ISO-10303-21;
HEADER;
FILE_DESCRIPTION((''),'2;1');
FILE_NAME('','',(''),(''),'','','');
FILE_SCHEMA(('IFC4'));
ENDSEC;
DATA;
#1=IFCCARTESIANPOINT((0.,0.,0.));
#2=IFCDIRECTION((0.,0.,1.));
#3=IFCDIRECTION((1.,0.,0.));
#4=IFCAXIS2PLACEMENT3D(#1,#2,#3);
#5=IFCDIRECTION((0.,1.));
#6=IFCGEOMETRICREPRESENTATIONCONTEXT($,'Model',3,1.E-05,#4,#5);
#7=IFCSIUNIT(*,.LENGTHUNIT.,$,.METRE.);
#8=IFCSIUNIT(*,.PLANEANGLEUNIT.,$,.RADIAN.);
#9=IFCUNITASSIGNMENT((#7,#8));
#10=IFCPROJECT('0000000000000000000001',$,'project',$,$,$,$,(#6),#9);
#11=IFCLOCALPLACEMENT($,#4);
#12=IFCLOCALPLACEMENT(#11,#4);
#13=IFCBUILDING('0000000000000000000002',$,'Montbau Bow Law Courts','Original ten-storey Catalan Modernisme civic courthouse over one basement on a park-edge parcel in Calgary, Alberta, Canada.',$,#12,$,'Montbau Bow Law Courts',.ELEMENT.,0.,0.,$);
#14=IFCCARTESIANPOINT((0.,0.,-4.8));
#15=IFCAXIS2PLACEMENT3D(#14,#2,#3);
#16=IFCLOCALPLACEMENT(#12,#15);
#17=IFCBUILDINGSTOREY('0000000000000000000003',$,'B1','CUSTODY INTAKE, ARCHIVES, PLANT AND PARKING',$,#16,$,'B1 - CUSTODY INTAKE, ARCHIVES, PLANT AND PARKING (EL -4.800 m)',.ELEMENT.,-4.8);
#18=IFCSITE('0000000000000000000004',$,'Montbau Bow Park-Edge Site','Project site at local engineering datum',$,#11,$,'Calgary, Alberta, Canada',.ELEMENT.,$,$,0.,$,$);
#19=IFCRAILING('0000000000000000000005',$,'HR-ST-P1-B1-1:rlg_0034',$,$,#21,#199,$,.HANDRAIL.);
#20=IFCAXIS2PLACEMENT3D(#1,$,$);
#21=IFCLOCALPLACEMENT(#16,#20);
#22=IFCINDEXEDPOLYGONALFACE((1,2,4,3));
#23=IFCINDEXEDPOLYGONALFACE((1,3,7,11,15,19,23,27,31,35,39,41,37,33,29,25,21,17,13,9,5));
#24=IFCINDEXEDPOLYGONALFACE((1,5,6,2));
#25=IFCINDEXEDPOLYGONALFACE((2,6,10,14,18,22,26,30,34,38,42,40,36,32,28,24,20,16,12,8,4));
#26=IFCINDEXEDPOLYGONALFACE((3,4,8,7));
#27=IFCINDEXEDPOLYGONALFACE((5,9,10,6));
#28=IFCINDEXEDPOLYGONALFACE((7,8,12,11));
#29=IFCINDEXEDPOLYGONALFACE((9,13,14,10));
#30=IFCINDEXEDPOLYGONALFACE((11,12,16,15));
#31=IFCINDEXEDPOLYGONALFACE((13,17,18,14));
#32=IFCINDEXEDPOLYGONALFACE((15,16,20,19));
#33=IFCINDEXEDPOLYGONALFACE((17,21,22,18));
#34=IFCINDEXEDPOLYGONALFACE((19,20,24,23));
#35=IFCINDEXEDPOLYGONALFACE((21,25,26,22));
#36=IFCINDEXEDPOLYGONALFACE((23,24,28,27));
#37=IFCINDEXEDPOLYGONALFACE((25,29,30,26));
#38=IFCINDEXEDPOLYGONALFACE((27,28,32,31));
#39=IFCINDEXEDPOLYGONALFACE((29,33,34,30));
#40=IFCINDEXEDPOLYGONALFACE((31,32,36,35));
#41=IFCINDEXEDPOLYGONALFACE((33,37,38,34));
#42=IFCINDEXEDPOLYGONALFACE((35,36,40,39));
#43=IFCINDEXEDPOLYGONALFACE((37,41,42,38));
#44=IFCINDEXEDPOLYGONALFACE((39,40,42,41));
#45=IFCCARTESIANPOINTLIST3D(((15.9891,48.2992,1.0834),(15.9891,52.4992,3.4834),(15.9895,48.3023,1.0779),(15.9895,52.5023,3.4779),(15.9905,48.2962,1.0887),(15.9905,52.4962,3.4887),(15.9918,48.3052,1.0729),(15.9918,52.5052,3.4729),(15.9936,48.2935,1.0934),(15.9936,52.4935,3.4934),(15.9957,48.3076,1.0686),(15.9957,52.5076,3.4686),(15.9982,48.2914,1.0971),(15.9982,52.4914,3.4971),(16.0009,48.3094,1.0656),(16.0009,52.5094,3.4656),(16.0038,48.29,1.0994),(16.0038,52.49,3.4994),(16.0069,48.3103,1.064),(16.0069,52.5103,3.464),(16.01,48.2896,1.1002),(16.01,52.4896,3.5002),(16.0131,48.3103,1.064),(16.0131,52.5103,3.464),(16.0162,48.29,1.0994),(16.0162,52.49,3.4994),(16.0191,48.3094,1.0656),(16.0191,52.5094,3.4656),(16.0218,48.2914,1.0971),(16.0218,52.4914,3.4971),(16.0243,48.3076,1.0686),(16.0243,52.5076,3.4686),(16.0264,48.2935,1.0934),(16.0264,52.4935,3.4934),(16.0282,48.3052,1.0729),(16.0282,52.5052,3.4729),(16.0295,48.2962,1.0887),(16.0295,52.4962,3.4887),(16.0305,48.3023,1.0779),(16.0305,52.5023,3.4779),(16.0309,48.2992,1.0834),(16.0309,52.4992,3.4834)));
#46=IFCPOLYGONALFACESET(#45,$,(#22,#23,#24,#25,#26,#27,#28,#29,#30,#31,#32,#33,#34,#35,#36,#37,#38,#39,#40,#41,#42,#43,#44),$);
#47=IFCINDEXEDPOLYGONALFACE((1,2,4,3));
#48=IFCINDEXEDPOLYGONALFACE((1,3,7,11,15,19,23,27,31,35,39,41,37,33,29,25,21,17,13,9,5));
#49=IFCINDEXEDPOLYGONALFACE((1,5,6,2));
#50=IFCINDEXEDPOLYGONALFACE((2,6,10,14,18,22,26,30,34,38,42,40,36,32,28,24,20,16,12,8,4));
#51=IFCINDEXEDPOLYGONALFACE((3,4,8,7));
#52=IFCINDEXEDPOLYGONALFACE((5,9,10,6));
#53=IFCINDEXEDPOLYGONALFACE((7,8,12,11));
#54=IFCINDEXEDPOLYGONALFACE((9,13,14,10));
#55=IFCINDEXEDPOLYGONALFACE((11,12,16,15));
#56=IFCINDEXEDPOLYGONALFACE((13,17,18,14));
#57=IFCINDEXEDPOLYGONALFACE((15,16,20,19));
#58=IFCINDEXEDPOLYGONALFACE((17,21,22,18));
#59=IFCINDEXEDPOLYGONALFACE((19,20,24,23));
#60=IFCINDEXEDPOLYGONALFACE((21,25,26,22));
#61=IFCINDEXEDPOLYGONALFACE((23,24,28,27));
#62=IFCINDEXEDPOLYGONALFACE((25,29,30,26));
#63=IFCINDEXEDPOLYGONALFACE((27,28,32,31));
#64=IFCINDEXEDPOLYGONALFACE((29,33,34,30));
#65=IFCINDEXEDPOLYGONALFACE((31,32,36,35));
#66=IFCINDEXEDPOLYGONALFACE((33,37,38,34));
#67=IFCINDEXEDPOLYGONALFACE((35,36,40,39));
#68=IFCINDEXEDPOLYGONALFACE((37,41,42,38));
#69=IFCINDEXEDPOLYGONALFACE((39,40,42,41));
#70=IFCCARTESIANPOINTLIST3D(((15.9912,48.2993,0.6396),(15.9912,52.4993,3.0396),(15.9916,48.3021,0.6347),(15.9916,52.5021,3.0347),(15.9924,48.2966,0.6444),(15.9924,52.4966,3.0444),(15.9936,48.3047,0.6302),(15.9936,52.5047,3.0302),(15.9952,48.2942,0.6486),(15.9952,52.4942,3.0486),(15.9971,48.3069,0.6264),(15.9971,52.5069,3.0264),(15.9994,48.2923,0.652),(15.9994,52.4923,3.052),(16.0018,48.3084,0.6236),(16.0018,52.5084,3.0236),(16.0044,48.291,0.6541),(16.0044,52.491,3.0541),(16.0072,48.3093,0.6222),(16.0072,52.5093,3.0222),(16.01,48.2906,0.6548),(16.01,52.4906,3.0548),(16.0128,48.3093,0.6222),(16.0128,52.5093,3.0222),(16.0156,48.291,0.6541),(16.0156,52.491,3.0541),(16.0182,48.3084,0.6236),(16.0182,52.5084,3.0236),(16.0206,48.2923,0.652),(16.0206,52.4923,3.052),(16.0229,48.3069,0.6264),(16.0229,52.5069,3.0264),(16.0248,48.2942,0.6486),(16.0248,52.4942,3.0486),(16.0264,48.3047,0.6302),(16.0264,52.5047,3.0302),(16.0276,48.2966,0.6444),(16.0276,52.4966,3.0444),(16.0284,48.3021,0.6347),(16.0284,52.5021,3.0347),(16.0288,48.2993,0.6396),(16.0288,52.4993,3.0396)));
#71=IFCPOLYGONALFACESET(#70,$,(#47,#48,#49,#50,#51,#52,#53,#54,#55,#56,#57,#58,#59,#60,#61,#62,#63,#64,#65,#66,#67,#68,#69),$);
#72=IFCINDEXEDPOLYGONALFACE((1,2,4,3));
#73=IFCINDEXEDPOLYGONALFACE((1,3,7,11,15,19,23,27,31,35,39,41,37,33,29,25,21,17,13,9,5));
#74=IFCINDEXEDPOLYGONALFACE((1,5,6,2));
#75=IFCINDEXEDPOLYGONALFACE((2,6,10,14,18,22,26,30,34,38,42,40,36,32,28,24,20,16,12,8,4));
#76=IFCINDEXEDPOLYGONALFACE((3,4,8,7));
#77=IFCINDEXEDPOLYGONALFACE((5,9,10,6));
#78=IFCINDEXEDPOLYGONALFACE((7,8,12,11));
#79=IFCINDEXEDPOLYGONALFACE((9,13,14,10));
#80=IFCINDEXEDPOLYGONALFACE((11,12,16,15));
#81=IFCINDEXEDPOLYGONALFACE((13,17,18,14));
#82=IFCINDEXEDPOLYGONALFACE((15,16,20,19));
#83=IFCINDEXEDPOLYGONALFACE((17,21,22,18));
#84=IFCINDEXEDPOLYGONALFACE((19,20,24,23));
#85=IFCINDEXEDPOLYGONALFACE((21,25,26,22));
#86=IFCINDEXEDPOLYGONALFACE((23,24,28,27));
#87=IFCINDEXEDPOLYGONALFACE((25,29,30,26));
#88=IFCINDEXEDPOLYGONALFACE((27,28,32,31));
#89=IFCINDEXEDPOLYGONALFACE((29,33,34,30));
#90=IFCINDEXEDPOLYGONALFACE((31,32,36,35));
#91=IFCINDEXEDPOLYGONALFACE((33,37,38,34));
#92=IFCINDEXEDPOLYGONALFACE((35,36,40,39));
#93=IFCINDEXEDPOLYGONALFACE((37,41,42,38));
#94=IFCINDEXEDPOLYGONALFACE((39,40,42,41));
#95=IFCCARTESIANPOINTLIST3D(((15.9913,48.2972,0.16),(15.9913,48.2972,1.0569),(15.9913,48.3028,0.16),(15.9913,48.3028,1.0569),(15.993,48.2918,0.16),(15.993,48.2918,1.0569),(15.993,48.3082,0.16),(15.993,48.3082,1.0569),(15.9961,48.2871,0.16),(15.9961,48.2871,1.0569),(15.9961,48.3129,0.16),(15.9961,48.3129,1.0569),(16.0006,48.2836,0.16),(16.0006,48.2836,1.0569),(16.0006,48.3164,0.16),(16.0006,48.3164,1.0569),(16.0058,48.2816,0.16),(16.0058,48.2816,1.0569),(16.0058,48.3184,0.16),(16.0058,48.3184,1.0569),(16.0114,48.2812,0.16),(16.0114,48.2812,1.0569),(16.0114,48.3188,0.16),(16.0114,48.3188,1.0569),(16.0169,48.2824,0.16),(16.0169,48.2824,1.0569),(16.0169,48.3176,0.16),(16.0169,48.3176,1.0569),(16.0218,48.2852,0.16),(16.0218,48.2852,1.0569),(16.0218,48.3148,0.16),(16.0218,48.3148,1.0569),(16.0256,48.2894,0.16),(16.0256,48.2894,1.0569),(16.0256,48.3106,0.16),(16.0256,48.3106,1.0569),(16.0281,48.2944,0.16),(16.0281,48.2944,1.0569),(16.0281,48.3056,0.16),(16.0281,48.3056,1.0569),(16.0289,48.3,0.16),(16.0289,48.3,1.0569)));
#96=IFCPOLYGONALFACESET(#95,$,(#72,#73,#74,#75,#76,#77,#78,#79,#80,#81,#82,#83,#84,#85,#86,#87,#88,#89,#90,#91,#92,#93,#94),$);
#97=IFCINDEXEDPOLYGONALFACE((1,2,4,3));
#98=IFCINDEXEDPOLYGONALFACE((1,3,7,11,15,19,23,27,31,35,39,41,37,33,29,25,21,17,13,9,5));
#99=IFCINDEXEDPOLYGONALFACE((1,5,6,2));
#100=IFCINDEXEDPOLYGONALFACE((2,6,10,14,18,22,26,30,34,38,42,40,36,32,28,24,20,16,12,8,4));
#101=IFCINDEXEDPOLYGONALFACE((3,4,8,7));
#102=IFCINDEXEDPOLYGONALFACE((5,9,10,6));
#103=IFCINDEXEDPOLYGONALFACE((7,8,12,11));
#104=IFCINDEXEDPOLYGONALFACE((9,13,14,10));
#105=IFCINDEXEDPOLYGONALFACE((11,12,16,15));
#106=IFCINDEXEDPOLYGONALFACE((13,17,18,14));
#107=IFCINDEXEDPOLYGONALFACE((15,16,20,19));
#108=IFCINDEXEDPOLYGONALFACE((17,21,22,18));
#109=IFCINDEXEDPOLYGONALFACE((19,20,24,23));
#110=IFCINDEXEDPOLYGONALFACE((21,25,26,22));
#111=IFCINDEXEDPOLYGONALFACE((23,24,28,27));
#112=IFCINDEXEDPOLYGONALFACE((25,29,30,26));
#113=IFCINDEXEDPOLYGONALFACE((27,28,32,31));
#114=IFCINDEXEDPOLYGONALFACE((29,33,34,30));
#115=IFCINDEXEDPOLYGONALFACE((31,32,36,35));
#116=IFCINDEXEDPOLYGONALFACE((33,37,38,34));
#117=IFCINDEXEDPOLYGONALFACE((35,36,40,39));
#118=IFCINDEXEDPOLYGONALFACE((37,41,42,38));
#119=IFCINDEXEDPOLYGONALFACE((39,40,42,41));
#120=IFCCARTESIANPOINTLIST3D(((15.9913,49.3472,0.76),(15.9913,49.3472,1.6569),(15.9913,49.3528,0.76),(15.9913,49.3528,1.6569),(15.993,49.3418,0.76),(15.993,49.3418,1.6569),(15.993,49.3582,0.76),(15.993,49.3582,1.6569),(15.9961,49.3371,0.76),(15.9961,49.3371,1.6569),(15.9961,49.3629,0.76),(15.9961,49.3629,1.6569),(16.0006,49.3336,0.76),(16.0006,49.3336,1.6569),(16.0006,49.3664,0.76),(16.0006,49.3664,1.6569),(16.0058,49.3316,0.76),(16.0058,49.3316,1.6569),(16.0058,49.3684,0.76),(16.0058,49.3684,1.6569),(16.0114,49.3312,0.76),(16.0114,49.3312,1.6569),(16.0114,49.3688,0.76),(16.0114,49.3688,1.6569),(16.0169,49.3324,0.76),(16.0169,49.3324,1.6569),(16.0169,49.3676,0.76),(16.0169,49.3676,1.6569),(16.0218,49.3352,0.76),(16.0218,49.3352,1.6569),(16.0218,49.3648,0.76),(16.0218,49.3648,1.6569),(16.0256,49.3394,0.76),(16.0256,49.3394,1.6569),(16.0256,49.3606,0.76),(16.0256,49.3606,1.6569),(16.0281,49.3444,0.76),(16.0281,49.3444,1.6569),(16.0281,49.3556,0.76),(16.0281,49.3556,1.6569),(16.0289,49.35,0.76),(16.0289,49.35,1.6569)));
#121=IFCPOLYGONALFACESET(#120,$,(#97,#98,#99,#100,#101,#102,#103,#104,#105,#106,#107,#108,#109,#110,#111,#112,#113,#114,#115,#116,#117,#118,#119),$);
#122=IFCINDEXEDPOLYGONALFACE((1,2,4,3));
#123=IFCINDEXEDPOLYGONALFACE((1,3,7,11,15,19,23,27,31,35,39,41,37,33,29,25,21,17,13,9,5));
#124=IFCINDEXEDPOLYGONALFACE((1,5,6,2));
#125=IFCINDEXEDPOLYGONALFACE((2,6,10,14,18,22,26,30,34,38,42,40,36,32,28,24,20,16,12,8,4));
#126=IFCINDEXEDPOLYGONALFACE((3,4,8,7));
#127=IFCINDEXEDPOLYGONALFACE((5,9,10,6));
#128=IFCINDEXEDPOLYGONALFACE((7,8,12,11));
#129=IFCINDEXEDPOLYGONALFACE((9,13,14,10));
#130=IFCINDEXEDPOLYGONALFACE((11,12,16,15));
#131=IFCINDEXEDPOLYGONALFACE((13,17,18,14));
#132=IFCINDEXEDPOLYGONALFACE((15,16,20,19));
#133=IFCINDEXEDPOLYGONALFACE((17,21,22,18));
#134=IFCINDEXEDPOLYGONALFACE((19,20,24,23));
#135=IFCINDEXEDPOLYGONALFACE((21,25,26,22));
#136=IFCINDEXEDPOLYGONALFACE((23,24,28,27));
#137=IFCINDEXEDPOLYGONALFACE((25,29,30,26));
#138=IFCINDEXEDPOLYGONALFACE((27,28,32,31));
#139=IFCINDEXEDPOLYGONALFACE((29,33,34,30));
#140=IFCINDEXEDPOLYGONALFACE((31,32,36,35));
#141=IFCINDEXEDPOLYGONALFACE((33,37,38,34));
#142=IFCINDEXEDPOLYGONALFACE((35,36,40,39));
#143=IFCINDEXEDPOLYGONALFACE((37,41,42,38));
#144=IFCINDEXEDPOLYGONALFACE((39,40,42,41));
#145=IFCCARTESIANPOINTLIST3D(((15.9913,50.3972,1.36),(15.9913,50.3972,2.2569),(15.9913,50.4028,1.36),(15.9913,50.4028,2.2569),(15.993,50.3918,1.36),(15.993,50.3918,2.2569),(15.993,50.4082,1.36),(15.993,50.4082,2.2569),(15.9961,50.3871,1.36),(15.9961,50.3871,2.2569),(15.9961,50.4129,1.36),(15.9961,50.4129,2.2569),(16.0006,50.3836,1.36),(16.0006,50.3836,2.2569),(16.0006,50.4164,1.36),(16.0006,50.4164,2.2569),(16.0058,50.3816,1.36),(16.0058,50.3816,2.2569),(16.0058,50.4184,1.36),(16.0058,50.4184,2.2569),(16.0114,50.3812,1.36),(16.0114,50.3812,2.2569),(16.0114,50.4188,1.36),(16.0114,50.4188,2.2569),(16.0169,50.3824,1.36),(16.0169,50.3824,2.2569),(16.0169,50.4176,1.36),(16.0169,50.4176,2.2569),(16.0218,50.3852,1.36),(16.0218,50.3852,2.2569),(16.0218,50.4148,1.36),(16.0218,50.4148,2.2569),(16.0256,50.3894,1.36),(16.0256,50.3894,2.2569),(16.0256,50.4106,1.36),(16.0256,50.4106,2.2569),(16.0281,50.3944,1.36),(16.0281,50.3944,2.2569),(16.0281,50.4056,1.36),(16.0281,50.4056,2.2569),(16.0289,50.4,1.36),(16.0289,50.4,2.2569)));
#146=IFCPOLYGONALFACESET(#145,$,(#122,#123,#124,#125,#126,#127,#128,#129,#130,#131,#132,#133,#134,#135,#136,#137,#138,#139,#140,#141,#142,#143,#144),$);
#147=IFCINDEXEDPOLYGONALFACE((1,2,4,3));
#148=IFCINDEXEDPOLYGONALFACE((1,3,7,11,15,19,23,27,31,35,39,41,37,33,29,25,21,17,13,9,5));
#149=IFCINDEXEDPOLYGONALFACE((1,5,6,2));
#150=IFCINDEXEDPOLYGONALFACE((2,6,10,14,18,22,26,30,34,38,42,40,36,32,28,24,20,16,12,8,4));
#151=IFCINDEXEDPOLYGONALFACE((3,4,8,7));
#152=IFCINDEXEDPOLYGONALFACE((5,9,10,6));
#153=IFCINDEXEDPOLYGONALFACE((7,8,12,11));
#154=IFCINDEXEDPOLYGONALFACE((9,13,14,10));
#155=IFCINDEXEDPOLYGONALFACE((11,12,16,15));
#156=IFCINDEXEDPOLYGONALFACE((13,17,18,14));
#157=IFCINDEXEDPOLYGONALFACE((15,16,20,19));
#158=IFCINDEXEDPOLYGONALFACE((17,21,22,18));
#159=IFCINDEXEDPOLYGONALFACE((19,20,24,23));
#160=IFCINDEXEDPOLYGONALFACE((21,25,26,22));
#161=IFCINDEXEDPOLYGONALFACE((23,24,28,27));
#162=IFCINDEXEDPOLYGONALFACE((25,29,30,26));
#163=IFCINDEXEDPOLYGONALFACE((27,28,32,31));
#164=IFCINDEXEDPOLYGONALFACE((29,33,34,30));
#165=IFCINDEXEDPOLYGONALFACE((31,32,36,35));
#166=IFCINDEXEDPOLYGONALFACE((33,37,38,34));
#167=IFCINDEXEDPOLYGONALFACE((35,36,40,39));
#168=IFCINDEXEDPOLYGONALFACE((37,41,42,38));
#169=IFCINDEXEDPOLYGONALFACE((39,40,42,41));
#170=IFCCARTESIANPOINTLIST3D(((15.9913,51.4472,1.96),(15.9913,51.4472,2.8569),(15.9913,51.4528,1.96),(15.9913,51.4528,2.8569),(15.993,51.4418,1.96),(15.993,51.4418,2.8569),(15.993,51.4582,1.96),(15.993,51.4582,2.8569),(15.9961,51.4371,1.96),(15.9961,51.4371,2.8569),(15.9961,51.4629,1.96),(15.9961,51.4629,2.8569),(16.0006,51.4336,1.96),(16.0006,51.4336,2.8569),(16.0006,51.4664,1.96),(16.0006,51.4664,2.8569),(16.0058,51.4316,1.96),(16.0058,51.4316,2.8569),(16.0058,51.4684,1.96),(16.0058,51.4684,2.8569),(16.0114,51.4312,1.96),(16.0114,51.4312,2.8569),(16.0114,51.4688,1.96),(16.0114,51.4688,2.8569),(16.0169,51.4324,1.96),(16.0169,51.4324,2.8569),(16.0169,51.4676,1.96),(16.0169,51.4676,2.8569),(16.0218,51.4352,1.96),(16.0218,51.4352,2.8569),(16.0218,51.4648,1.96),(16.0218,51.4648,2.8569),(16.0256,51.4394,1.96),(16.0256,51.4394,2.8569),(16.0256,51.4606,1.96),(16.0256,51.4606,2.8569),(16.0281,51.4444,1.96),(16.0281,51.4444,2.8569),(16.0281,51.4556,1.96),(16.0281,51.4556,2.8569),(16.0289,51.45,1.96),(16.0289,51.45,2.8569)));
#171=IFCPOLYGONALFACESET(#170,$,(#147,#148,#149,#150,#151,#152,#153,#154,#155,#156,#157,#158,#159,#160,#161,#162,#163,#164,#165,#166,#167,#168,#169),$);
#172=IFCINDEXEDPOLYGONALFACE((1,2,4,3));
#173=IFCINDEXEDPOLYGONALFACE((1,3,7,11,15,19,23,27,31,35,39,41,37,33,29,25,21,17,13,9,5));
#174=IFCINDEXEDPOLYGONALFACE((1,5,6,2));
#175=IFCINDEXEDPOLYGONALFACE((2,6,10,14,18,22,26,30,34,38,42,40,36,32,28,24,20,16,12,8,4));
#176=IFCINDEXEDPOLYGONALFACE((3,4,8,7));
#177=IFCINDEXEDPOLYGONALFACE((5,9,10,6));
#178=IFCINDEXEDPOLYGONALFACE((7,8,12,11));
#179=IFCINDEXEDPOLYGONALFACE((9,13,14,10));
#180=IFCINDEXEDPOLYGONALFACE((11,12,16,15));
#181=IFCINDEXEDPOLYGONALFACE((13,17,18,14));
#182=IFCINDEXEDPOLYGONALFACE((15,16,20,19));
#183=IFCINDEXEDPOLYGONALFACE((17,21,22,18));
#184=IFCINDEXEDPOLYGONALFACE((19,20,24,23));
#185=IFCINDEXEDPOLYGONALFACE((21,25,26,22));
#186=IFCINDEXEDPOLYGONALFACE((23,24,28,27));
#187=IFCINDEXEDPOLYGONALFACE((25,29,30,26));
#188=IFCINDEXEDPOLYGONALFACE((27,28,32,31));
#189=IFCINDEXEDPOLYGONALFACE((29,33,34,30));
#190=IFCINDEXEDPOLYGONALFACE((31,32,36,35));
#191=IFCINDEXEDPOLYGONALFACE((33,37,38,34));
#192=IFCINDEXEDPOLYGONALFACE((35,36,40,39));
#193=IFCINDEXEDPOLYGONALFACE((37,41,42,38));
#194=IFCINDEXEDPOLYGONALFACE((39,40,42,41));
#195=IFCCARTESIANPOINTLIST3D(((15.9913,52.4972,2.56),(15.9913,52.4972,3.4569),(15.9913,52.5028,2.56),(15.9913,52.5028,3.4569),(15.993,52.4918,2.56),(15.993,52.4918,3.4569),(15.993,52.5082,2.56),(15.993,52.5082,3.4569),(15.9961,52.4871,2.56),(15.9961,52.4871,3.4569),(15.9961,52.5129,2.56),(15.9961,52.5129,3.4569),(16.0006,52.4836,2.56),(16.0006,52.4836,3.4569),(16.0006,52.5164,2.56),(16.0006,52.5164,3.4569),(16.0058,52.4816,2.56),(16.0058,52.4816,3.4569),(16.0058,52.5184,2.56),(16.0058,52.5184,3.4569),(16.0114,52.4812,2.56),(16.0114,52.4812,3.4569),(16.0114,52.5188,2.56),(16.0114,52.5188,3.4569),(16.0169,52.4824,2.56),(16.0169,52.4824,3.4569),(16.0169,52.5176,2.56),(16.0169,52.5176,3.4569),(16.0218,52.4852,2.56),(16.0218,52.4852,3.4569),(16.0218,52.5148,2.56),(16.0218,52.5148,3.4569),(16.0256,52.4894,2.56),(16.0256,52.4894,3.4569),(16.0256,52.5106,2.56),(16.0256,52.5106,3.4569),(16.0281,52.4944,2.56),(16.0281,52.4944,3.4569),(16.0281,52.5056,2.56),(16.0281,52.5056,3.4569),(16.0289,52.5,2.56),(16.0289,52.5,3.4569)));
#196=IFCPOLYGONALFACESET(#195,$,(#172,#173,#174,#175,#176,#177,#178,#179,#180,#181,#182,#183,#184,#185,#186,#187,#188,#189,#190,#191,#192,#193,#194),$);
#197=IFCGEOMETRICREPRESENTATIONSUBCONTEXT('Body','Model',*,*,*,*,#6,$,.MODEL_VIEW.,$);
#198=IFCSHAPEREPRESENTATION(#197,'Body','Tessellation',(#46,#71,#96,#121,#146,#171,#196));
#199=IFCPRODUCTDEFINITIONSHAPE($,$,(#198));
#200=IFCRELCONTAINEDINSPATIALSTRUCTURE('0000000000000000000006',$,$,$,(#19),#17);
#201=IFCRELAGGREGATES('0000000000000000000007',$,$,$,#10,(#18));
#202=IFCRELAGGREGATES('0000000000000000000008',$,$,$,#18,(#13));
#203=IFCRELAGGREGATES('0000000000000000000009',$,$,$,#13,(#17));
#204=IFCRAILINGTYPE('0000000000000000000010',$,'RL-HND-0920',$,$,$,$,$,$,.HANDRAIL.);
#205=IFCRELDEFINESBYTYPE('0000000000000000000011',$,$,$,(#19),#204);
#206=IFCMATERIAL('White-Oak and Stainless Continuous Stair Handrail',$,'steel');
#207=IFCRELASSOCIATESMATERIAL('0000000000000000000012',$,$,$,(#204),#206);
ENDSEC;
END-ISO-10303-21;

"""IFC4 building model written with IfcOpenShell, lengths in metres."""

from ifc_helpers import new_model, si_unit, direction, frame, origin_with_axes, origin_2d_with_axis, place, context, subcontext, project, spatial, circle, extrude, material, type_object, element, save


model = new_model("IFC4")

# Units and contexts
model_context = context("Model", 3, precision=1e-05, world=origin_with_axes(), true_north=direction((0.0, 1.0)))
body_context = subcontext(model_context, "Body", "Model", "MODEL_VIEW")
ifc_project = project(units=[si_unit("LENGTHUNIT", "METRE"), si_unit("PLANEANGLEUNIT", "RADIAN")], contexts=[model_context])

# Site, building, storey
site_placement = place(None, origin_with_axes())
site = spatial("IfcSite", under=ifc_project, at=site_placement, Name="Montbau Bow Park-Edge Site", Description="Project site at local engineering datum", LongName="Calgary, Alberta, Canada", CompositionType="ELEMENT", RefElevation=0.0)
building_placement = place(site_placement, origin_with_axes())
building = spatial("IfcBuilding", under=site, at=building_placement, Name="Montbau Bow Law Courts", Description="Original ten-storey Catalan Modernisme civic courthouse over one basement on a park-edge parcel in Calgary, Alberta, Canada.", LongName="Montbau Bow Law Courts", CompositionType="ELEMENT", ElevationOfRefHeight=0.0, ElevationOfTerrain=0.0)
storey_placement = place(building_placement, frame((0.0, 0.0, -4.8), z_axis=(0.0, 0.0, 1.0), x_axis=(1.0, 0.0, 0.0)))
storey = spatial("IfcBuildingStorey", under=building, at=storey_placement, Name="B1", Description="CUSTODY INTAKE, ARCHIVES, PLANT AND PARKING", LongName="B1 - CUSTODY INTAKE, ARCHIVES, PLANT AND PARKING (EL -4.800 m)", CompositionType="ELEMENT", Elevation=-4.8)

# Railing
ifc_material_1 = material(Name="White-Oak and Stainless Continuous Stair Handrail", Category="steel")
railing_type_1 = type_object("IfcRailingType", Name="RL-HND-0920", PredefinedType="HANDRAIL", material=ifc_material_1)
railing_1_placement = place(None, origin_with_axes())
element("IfcRailing", 1, at=railing_1_placement, inside=storey, type_object=railing_type_1, Name="HR-ST-P1-B1-1:rlg_0034", PredefinedType="HANDRAIL", context=body_context, shape_type="SweptSolid", body=[
    extrude(circle(Radius=0.021, at=origin_2d_with_axis()), frame((16.01, 48.3, -3.718), z_axis=(0.0, 0.868243, 0.496139), x_axis=(0.0, -0.496139, 0.868243)), (0.0, 0.0, 1.0), 4.8374),
    extrude(circle(Radius=0.0189, at=origin_2d_with_axis()), frame((16.01, 48.3, -4.1616), z_axis=(0.0, 0.868243, 0.496139), x_axis=(0.0, -0.496139, 0.868243)), (0.0, 0.0, 1.0), 4.8374),
    extrude(circle(Radius=0.0189, at=origin_2d_with_axis()), frame((16.01, 48.3, -4.64), z_axis=(0.0, 0.0, 1.0), x_axis=(1.0, 0.0, 0.0)), (0.0, 0.0, 1.0), 0.8969),
    extrude(circle(Radius=0.0189, at=origin_2d_with_axis()), frame((16.01, 49.35, -4.04), z_axis=(0.0, 0.0, 1.0), x_axis=(1.0, 0.0, 0.0)), (0.0, 0.0, 1.0), 0.8969),
    extrude(circle(Radius=0.0189, at=origin_2d_with_axis()), frame((16.01, 50.4, -3.44), z_axis=(0.0, 0.0, 1.0), x_axis=(1.0, 0.0, 0.0)), (0.0, 0.0, 1.0), 0.8969),
    extrude(circle(Radius=0.0189, at=origin_2d_with_axis()), frame((16.01, 51.45, -2.84), z_axis=(0.0, 0.0, 1.0), x_axis=(1.0, 0.0, 0.0)), (0.0, 0.0, 1.0), 0.8969),
    extrude(circle(Radius=0.0189, at=origin_2d_with_axis()), frame((16.01, 52.5, -2.24), z_axis=(0.0, 0.0, 1.0), x_axis=(1.0, 0.0, 0.0)), (0.0, 0.0, 1.0), 0.8969),
])

save(model, "model.ifc")
